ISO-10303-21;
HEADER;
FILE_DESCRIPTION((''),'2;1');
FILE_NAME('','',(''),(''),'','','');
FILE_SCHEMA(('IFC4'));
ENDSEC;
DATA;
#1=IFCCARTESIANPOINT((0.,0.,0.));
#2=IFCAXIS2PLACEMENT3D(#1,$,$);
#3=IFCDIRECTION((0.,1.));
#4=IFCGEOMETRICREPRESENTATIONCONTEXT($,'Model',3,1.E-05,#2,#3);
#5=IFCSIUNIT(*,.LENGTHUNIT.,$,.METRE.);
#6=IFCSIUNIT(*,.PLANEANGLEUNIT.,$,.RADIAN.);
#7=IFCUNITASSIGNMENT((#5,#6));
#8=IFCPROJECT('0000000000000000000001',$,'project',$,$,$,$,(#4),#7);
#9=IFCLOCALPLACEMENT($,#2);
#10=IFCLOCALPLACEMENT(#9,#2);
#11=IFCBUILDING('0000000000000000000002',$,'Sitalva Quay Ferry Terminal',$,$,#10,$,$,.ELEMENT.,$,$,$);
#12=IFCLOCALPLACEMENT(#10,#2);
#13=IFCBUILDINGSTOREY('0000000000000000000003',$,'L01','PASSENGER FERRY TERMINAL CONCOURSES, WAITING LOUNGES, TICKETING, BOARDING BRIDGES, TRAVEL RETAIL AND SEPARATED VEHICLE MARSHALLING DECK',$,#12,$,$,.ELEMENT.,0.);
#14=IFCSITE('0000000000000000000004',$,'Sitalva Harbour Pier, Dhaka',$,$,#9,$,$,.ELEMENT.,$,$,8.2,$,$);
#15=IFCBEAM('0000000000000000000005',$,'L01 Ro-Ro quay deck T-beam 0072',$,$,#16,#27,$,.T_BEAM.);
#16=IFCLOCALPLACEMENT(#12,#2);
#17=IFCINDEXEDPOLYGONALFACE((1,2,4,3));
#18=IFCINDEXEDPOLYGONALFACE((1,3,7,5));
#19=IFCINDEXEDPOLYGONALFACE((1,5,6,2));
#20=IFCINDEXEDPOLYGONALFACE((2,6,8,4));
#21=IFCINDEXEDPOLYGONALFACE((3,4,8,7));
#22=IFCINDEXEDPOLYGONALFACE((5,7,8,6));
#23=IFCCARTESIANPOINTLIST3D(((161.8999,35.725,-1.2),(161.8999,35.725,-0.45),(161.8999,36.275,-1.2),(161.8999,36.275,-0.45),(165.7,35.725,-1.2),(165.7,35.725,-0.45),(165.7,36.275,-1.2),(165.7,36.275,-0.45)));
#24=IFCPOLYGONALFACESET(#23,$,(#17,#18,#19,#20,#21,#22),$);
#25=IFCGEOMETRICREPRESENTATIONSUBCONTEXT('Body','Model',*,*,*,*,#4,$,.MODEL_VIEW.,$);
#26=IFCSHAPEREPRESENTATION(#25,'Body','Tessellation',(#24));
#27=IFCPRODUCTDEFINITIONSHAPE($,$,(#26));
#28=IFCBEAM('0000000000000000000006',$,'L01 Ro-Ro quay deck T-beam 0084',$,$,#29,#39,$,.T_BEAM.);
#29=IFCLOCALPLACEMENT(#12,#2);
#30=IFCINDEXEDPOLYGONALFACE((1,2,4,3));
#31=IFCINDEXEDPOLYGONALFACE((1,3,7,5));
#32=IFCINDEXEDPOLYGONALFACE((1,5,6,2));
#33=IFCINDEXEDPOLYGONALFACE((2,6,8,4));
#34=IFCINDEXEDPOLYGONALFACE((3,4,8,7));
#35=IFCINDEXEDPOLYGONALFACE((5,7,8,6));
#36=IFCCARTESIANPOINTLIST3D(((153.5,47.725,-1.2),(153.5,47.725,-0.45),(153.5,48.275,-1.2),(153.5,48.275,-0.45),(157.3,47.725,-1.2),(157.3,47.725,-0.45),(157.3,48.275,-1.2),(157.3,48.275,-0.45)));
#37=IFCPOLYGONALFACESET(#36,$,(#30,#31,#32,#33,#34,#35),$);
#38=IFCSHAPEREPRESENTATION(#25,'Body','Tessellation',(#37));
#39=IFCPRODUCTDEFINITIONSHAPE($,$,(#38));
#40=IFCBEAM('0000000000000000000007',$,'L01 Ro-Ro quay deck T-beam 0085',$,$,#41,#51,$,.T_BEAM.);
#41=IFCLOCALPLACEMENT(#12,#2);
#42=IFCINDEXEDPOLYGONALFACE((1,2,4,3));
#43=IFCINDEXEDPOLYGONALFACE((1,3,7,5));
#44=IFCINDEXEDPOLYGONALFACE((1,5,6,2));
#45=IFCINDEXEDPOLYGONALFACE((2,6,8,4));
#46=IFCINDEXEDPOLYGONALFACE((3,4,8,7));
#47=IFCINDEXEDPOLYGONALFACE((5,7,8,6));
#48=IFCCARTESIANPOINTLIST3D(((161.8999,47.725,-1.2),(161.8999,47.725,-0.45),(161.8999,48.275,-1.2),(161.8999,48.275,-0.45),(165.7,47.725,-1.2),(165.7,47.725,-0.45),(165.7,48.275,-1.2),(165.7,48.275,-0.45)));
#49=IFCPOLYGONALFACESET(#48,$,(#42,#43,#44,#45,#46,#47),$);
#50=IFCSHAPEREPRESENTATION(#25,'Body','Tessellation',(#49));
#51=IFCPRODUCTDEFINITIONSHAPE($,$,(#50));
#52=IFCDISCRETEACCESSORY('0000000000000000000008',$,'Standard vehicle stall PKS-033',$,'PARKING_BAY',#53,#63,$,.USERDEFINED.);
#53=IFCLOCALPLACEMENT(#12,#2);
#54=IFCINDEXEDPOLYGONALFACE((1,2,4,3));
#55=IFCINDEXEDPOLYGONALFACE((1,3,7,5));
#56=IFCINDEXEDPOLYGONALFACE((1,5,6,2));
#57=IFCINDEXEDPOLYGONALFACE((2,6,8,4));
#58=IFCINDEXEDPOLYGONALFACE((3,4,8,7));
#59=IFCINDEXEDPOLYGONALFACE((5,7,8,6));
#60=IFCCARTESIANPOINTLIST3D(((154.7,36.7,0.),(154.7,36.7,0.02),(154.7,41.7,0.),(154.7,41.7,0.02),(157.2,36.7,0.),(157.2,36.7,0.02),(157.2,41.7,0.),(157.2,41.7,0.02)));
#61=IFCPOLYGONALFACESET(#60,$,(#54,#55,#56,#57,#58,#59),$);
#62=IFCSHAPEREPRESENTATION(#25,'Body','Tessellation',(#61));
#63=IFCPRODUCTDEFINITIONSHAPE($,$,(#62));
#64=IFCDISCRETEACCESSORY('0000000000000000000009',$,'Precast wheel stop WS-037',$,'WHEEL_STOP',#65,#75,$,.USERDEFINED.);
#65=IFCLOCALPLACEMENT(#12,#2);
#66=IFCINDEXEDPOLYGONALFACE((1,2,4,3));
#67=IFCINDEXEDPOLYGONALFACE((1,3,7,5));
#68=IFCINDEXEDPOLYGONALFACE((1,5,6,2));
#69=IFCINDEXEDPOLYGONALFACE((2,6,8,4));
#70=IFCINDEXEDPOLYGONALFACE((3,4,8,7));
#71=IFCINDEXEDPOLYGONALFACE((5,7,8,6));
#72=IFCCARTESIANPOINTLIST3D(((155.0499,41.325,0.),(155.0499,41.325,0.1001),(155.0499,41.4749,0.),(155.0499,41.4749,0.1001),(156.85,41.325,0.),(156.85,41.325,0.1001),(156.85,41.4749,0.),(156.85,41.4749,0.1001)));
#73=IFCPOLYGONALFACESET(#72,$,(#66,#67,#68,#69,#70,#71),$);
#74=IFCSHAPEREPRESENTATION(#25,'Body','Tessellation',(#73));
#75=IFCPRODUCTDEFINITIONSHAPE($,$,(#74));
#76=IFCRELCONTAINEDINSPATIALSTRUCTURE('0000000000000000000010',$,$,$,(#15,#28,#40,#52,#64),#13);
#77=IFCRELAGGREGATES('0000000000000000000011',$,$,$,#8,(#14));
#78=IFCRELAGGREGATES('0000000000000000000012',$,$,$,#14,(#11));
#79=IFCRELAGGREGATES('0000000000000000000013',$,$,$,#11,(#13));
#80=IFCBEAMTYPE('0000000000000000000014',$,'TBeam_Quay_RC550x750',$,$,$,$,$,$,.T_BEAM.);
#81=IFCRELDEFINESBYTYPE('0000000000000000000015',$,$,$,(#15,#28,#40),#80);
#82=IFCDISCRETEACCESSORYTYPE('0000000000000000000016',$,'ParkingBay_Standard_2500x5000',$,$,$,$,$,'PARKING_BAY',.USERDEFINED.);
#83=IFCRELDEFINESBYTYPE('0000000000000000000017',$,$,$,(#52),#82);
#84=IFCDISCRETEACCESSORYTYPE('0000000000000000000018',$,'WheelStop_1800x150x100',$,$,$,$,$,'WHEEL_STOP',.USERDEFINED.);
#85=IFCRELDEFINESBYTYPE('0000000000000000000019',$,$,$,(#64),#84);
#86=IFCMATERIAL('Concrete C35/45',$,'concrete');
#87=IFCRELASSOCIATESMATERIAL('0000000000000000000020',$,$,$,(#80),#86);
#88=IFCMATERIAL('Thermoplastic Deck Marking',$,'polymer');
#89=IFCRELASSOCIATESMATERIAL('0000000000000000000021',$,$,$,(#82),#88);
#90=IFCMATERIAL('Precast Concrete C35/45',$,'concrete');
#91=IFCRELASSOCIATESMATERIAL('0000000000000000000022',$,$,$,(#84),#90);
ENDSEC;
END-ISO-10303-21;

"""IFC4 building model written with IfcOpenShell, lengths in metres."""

from ifc_helpers import new_model, si_unit, direction, frame, origin, origin_2d, place, context, subcontext, project, spatial, rectangle, extrude, material, material_profile, profile_set, type_object, element, save


model = new_model("IFC4")

# Units and contexts
model_context = context("Model", 3, precision=1e-05, world=origin(), true_north=direction((0.0, 1.0)))
body_context = subcontext(model_context, "Body", "Model", "MODEL_VIEW")
ifc_project = project(units=[si_unit("LENGTHUNIT", "METRE"), si_unit("PLANEANGLEUNIT", "RADIAN")], contexts=[model_context])

# Site, building, storey
site_placement = place(None, origin())
site = spatial("IfcSite", under=ifc_project, at=site_placement, Name="Sitalva Harbour Pier, Dhaka", CompositionType="ELEMENT", RefElevation=8.2)
building_placement = place(site_placement, origin())
building = spatial("IfcBuilding", under=site, at=building_placement, Name="Sitalva Quay Ferry Terminal", CompositionType="ELEMENT")
storey_placement = place(building_placement, origin())
storey = spatial("IfcBuildingStorey", under=building, at=storey_placement, Name="L01", Description="PASSENGER FERRY TERMINAL CONCOURSES, WAITING LOUNGES, TICKETING, BOARDING BRIDGES, TRAVEL RETAIL AND SEPARATED VEHICLE MARSHALLING DECK", CompositionType="ELEMENT", Elevation=0.0)

# Beams
ifc_material_1 = material(Name="Concrete C35/45", Category="concrete")
ifc_material_profile_1 = material_profile(ifc_material_1, rectangle(XDim=0.55, YDim=0.75, at=origin_2d()), Name="RC550x750")
ifc_profile_set_1 = profile_set([ifc_material_profile_1], Name="Concrete C35/45")
beam_type_1 = type_object("IfcBeamType", Name="TBeam_Quay_RC550x750", PredefinedType="T_BEAM", material=ifc_profile_set_1)
for number, where, z_axis, x_axis, name in (
    (1, (161.8999, 36.0, -0.825), (1.0, 0.0, 0.0), (0.0, 1.0, 0.0), "L01 Ro-Ro quay deck T-beam 0072"),
    (2, (153.5, 48.0, -0.825), (1.0, 0.0, 0.0), (0.0, 1.0, 0.0), "L01 Ro-Ro quay deck T-beam 0084"),
    (3, (161.8999, 48.0, -0.825), (1.0, 0.0, 0.0), (0.0, 1.0, 0.0), "L01 Ro-Ro quay deck T-beam 0085"),
):
    element("IfcBeam", number, at=place(storey_placement, frame(where, z_axis=z_axis, x_axis=x_axis)), inside=storey, type_object=beam_type_1, Name=name, PredefinedType="T_BEAM", context=body_context, shape_type="SweptSolid", body=[
        extrude(rectangle(XDim=0.55, YDim=0.75, at=origin_2d()), origin(), (0.0, 0.0, 1.0), 3.8),
    ])

# Discrete accessories
ifc_material_2 = material(Name="Thermoplastic Deck Marking", Category="polymer")
discrete_accessory_type_1 = type_object("IfcDiscreteAccessoryType", Name="ParkingBay_Standard_2500x5000", ElementType="PARKING_BAY", PredefinedType="USERDEFINED", material=ifc_material_2)
discrete_accessory_1_placement = place(storey_placement, frame((155.95, 39.2, 0.0), z_axis=(0.0, 0.0, 1.0), x_axis=(1.0, 0.0, 0.0)))
element("IfcDiscreteAccessory", 4, at=discrete_accessory_1_placement, inside=storey, type_object=discrete_accessory_type_1, Name="Standard vehicle stall PKS-033", ObjectType="PARKING_BAY", PredefinedType="USERDEFINED", context=body_context, shape_type="SweptSolid", body=[
    extrude(rectangle(XDim=2.5, YDim=5.0, at=origin_2d()), origin(), (0.0, 0.0, 1.0), 0.02),
])
ifc_material_3 = material(Name="Precast Concrete C35/45", Category="concrete")
discrete_accessory_type_2 = type_object("IfcDiscreteAccessoryType", Name="WheelStop_1800x150x100", ElementType="WHEEL_STOP", PredefinedType="USERDEFINED", material=ifc_material_3)
discrete_accessory_2_placement = place(storey_placement, frame((155.95, 41.3999, 0.0), z_axis=(0.0, 0.0, 1.0), x_axis=(1.0, 0.0, 0.0)))
element("IfcDiscreteAccessory", 5, at=discrete_accessory_2_placement, inside=storey, type_object=discrete_accessory_type_2, Name="Precast wheel stop WS-037", ObjectType="WHEEL_STOP", PredefinedType="USERDEFINED", context=body_context, shape_type="SweptSolid", body=[
    extrude(rectangle(XDim=1.8, YDim=0.1499, at=origin_2d()), origin(), (0.0, 0.0, 1.0), 0.1001),
])

save(model, "model.ifc")
